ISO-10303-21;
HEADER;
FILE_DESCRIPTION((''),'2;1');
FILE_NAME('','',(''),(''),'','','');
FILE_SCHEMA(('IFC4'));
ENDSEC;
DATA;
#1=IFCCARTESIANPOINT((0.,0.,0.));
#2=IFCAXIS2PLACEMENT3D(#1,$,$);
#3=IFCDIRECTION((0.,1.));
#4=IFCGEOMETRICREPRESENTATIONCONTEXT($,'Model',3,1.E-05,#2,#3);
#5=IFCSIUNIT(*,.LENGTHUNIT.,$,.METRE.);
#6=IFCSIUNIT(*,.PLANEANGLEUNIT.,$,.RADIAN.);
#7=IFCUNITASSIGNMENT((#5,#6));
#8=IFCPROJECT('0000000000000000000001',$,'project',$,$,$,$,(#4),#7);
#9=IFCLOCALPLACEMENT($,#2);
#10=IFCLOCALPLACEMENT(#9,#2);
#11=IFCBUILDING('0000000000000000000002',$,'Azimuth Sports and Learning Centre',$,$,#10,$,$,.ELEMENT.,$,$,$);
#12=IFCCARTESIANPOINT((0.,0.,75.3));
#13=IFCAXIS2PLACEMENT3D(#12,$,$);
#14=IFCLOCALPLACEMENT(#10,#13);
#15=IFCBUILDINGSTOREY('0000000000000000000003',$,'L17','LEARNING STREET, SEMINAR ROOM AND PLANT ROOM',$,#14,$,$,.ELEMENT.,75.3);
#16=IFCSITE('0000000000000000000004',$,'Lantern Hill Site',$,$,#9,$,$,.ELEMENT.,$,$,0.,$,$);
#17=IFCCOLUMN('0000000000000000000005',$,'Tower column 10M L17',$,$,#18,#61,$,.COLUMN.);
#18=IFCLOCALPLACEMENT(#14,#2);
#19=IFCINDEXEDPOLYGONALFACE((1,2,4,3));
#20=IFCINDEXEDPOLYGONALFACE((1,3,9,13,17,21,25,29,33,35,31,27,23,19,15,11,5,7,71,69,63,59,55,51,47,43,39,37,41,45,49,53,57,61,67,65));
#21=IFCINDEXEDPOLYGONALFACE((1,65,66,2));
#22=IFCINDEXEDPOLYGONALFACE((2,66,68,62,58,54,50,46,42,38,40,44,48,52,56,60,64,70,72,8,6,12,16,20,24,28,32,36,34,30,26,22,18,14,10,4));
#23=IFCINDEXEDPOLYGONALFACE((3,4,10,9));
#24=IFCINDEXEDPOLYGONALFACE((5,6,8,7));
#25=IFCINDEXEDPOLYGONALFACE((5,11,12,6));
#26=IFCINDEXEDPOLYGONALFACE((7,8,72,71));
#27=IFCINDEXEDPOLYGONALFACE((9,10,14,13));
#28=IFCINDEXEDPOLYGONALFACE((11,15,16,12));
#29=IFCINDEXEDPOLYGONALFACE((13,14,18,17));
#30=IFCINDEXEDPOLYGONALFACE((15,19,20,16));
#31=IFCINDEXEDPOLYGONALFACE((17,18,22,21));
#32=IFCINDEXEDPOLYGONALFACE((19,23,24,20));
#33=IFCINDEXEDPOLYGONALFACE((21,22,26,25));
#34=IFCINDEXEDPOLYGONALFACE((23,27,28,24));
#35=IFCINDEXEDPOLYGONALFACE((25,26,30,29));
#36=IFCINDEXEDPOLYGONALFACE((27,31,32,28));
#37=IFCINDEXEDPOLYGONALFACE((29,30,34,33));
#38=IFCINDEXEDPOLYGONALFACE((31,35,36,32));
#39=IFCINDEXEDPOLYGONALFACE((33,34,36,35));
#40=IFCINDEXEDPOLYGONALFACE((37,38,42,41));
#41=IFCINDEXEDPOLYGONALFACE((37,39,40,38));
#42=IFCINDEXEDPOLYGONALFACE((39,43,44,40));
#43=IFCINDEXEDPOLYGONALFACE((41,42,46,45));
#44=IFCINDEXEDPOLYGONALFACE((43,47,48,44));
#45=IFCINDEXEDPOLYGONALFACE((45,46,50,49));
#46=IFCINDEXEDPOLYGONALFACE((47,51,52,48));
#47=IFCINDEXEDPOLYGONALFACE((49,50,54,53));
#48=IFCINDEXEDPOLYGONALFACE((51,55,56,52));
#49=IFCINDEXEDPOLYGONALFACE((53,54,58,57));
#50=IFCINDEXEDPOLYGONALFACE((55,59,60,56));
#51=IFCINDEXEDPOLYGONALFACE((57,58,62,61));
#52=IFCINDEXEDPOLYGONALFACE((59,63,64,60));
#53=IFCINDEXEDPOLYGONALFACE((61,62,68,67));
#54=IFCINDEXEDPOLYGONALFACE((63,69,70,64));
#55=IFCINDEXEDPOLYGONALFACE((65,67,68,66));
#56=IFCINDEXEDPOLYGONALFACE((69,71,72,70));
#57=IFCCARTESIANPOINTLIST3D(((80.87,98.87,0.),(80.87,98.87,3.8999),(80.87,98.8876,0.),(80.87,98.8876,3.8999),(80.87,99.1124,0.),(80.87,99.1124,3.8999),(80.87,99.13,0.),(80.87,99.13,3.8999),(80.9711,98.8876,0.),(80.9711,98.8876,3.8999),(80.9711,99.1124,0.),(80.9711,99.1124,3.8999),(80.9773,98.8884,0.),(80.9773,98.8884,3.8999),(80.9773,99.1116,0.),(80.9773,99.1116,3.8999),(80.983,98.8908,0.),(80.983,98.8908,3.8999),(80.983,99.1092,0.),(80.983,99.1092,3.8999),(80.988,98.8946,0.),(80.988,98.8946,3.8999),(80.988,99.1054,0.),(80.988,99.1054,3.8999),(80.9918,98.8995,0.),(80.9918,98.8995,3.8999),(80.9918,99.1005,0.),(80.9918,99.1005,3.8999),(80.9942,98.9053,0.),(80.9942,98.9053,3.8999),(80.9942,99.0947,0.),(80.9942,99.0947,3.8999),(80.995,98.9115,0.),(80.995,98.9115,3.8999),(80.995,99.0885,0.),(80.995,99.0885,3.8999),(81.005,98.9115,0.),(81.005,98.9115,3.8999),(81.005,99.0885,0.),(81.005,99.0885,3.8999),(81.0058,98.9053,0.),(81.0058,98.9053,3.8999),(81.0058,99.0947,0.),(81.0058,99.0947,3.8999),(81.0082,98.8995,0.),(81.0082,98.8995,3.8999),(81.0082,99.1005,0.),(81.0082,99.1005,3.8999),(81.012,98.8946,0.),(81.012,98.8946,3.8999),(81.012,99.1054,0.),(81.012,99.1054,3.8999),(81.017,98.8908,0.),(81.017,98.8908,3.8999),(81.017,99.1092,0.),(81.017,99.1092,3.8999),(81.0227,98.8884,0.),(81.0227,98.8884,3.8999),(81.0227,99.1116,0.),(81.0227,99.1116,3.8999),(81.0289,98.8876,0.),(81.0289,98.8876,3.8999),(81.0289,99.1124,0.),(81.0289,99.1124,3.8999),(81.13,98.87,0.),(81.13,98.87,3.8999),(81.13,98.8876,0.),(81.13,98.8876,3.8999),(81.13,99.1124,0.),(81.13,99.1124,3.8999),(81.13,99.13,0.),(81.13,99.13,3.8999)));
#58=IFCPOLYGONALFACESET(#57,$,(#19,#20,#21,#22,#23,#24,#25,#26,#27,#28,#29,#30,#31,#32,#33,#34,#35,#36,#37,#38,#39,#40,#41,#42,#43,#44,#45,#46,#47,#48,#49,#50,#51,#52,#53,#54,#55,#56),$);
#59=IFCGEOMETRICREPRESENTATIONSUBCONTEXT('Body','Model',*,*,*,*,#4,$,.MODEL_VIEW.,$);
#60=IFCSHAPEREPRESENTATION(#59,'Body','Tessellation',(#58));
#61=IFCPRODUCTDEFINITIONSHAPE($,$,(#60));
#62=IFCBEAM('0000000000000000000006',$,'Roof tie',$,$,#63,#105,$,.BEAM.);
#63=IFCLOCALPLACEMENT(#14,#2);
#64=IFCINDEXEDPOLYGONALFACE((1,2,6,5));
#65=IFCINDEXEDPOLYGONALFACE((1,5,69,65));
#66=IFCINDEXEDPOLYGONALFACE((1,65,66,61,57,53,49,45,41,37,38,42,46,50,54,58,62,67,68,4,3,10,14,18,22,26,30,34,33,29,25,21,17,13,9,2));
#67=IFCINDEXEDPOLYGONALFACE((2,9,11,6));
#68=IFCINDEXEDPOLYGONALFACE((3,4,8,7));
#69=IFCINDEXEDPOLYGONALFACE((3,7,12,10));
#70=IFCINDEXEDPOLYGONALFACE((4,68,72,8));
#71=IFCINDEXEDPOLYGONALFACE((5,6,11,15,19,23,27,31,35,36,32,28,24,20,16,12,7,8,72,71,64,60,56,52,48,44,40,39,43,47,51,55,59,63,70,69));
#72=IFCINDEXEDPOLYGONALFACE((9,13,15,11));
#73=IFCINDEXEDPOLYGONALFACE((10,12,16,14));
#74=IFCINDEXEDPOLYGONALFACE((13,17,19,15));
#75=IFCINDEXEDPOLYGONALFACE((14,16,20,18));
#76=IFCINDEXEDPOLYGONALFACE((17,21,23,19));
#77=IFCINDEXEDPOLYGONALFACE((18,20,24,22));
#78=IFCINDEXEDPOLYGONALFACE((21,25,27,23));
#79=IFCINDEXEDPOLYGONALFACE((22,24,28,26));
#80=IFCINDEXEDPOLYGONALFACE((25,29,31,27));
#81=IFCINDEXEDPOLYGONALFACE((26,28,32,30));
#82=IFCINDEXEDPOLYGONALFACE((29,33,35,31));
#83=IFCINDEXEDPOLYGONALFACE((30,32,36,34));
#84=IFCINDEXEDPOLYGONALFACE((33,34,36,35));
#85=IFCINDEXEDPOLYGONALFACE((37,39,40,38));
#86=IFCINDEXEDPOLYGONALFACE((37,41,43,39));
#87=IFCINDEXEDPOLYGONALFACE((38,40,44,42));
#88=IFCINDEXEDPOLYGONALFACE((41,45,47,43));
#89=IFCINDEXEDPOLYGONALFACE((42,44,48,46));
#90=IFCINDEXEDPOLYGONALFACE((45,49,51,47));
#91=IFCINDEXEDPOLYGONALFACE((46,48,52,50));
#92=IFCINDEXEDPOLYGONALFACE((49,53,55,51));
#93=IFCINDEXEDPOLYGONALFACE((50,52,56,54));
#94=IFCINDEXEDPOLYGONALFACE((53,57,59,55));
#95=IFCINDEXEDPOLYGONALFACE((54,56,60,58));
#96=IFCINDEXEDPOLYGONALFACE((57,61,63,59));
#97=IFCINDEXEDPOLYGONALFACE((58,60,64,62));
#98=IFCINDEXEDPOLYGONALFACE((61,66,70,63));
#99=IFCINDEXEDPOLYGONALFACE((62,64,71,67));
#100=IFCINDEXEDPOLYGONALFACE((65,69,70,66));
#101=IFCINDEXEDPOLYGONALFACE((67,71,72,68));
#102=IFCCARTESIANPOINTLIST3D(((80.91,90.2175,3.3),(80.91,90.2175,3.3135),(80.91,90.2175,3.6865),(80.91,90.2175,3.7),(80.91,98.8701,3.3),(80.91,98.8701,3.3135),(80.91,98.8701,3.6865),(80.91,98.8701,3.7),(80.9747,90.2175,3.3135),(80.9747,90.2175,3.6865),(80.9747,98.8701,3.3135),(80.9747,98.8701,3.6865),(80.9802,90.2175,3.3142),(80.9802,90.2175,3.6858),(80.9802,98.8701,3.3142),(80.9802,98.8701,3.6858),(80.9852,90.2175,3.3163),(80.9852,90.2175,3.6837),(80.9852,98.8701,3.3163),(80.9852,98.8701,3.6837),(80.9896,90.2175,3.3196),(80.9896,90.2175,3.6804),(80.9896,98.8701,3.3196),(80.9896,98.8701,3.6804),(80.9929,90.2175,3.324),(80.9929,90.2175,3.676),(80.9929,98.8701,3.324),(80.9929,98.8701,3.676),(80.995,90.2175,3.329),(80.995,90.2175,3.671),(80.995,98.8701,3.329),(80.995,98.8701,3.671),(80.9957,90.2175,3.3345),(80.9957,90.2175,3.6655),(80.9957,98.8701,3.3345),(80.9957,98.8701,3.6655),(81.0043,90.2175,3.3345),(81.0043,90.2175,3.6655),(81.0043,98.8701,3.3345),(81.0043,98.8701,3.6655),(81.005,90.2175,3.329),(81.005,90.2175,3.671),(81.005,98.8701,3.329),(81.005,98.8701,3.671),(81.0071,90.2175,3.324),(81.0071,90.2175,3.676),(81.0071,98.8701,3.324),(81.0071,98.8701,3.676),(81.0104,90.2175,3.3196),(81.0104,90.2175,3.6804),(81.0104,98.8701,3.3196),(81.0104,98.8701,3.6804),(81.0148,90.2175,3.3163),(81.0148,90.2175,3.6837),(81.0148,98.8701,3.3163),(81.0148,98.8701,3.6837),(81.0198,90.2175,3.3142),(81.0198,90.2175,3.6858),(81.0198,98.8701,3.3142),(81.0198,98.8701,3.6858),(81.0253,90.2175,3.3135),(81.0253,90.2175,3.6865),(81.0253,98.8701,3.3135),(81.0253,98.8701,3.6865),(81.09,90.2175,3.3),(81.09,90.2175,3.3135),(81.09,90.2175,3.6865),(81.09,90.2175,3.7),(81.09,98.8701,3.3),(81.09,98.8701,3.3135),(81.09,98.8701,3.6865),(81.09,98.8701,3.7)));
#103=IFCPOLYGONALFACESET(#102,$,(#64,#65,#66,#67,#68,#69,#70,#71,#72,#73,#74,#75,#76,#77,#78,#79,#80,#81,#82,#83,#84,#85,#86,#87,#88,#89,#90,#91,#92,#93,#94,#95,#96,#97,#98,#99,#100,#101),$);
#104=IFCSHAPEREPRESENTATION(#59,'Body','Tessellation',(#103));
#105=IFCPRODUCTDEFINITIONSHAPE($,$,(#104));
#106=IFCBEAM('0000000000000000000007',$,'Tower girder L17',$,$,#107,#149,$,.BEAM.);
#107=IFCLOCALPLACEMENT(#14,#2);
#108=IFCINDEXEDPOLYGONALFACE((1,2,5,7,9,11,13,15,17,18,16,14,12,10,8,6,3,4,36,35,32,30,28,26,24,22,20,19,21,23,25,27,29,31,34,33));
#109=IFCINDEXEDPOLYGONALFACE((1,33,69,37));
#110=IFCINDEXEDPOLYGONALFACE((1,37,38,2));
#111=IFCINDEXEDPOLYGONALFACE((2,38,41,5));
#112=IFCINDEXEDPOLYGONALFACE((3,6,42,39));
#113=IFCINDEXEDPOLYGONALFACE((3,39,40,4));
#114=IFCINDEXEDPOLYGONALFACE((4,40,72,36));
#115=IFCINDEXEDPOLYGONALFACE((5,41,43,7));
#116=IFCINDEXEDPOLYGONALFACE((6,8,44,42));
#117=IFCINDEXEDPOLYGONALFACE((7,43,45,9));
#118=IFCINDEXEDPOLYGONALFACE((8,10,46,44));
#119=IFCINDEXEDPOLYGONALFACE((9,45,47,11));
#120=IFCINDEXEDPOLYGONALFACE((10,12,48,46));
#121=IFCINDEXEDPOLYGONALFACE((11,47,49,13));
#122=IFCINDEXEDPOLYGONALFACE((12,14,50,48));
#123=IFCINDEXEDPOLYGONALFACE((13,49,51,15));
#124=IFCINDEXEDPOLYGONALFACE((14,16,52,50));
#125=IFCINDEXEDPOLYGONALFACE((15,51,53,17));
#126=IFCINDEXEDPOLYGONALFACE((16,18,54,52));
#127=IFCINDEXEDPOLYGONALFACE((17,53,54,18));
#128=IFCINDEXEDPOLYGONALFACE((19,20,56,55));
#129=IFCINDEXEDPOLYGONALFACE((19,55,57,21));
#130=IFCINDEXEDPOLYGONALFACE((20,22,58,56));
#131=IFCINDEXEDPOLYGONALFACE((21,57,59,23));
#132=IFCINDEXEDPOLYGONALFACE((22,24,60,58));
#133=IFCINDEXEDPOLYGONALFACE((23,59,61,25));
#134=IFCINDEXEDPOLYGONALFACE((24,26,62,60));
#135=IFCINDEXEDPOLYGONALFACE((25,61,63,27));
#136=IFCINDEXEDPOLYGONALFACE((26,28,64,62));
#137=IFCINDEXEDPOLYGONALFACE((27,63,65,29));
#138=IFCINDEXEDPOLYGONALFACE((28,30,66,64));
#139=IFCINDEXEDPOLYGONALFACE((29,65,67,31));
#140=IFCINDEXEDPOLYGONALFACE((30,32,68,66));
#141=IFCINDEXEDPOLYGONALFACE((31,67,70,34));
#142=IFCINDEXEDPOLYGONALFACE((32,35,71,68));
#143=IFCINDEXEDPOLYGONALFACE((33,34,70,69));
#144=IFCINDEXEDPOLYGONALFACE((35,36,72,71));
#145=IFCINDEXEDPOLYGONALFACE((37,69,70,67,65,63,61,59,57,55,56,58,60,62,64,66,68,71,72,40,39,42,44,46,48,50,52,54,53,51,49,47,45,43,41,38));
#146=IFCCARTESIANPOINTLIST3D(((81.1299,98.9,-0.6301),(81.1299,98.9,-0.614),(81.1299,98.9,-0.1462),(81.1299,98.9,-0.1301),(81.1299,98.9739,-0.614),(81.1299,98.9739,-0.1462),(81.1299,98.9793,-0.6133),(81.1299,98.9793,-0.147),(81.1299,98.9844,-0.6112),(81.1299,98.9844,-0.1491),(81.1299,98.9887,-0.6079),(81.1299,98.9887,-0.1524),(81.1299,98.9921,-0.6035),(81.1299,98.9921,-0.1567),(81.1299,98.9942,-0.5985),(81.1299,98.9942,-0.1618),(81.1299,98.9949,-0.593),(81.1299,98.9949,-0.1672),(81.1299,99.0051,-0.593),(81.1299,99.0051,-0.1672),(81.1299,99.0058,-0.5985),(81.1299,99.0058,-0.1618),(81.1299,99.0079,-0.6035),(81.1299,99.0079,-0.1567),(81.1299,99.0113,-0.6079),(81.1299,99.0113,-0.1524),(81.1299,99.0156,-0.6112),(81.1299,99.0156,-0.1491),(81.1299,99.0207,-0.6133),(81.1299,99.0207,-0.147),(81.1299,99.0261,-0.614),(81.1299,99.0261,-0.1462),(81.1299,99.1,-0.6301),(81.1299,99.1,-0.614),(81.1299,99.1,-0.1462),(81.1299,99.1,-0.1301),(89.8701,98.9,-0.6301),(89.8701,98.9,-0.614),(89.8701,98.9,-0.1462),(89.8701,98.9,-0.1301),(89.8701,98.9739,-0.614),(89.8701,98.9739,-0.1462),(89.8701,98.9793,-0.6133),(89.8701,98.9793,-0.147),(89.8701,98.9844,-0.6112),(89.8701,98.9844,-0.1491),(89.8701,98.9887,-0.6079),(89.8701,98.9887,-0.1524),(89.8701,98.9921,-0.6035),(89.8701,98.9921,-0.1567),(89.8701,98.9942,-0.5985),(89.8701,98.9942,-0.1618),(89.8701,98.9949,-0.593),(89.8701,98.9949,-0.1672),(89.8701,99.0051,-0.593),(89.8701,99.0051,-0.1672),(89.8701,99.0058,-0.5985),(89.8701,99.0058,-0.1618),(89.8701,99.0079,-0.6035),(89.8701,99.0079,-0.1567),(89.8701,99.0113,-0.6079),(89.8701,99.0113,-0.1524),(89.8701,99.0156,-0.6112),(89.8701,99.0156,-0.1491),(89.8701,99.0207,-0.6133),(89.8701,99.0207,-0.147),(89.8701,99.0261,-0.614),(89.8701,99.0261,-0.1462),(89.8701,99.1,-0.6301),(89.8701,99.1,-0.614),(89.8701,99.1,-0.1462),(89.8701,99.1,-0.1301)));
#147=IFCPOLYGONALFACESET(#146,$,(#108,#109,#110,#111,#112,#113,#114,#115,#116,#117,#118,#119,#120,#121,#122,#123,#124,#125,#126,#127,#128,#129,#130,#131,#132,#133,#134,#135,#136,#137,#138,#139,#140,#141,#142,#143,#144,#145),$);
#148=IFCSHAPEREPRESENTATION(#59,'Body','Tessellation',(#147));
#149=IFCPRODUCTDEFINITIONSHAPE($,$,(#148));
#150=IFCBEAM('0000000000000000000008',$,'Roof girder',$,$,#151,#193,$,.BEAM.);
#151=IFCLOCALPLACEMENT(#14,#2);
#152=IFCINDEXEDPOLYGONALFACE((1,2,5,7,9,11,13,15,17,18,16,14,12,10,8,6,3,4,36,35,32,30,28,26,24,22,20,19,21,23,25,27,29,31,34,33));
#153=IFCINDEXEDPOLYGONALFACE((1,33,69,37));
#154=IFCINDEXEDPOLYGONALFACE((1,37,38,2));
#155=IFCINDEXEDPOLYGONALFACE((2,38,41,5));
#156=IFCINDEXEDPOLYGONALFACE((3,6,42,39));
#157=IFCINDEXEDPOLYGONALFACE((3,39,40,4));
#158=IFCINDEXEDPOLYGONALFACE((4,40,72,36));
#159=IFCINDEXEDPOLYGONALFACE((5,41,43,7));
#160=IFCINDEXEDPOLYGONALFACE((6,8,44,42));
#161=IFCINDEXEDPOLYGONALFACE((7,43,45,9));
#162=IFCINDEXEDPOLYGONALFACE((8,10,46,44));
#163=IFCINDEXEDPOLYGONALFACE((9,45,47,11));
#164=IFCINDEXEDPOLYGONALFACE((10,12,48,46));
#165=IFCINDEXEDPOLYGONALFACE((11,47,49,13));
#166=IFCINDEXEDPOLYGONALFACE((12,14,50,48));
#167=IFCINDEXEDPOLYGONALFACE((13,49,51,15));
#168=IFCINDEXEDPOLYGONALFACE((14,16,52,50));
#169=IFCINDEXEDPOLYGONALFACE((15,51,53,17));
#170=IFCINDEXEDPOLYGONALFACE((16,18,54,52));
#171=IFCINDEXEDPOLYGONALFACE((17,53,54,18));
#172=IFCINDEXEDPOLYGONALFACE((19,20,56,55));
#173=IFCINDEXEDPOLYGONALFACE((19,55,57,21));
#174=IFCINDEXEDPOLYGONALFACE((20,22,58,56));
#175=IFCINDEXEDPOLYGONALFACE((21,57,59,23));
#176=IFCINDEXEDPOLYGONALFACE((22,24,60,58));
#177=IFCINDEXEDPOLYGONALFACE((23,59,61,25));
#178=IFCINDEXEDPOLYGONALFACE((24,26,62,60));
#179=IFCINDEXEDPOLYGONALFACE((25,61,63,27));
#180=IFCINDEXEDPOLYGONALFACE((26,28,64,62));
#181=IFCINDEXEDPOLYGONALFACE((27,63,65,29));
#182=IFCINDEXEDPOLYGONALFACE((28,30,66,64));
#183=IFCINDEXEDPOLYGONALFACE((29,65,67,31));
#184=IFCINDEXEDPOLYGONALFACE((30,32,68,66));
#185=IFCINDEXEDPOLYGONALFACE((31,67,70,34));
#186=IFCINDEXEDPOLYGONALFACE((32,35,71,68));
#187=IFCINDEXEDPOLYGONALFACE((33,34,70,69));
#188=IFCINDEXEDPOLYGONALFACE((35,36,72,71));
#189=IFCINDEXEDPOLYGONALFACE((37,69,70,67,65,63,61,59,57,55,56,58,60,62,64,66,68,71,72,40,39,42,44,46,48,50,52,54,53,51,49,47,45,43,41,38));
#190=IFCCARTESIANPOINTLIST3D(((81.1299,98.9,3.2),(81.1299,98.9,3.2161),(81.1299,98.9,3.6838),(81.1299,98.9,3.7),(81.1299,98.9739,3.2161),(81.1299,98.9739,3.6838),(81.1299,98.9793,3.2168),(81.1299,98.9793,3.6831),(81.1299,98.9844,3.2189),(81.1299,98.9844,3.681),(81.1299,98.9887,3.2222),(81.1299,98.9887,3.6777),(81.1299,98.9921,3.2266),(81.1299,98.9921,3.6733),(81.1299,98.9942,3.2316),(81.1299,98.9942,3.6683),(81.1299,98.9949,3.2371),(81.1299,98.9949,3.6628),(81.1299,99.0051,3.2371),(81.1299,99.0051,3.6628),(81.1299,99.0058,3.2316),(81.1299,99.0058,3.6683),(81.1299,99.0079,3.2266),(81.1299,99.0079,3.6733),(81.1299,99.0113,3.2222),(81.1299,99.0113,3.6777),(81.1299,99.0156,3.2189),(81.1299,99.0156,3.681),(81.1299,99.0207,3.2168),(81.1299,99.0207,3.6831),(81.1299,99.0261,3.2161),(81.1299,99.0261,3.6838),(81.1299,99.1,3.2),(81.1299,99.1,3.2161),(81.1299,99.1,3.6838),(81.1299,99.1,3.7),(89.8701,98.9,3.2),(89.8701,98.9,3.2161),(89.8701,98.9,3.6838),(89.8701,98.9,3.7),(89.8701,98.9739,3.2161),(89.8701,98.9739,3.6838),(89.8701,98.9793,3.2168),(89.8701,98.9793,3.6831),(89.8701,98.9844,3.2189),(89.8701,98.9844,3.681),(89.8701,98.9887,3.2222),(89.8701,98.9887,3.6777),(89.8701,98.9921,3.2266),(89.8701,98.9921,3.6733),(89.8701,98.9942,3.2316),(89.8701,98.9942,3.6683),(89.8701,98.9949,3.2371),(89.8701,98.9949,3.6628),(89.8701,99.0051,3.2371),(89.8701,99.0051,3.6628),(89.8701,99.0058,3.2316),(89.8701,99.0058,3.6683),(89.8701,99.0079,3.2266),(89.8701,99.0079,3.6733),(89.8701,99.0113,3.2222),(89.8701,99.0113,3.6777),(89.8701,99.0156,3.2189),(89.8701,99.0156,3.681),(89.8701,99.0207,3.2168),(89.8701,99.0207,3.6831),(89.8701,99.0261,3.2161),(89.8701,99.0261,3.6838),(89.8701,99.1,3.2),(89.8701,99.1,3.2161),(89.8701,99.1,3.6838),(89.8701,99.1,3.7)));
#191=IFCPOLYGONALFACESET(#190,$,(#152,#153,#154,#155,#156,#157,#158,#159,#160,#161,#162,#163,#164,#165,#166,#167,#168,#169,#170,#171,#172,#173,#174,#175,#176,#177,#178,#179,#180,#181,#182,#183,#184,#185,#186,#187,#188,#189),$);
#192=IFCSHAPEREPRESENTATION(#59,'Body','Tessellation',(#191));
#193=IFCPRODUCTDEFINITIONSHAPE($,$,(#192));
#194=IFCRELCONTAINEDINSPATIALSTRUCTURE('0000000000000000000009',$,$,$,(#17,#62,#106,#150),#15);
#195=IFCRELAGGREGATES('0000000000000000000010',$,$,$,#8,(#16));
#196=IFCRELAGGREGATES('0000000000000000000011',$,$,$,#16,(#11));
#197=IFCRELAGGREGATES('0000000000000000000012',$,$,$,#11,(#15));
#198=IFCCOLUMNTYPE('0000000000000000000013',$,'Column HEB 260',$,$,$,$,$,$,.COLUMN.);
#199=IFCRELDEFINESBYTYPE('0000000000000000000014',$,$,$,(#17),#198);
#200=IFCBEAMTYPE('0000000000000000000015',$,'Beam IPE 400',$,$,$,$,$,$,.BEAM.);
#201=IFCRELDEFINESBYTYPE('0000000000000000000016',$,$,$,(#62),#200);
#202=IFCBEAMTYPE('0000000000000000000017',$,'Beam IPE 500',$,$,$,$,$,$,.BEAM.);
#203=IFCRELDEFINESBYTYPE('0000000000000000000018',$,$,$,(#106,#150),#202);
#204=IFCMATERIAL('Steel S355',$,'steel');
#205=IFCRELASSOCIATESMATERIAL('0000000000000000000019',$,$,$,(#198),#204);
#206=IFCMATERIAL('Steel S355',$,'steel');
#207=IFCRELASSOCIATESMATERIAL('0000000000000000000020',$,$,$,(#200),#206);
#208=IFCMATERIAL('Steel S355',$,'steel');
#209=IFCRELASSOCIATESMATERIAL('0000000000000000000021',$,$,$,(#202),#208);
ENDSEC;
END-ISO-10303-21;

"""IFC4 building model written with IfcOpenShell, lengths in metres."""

from ifc_helpers import new_model, si_unit, direction, frame, origin, origin_2d, place, context, subcontext, project, spatial, i_section, extrude, material, material_profile, profile_set, type_object, element, save


model = new_model("IFC4")

# Units and contexts
model_context = context("Model", 3, precision=1e-05, world=origin(), true_north=direction((0.0, 1.0)))
body_context = subcontext(model_context, "Body", "Model", "MODEL_VIEW")
ifc_project = project(units=[si_unit("LENGTHUNIT", "METRE"), si_unit("PLANEANGLEUNIT", "RADIAN")], contexts=[model_context])

# Site, building, storey
site_placement = place(None, origin())
site = spatial("IfcSite", under=ifc_project, at=site_placement, Name="Lantern Hill Site", CompositionType="ELEMENT", RefElevation=0.0)
building_placement = place(site_placement, origin())
building = spatial("IfcBuilding", under=site, at=building_placement, Name="Azimuth Sports and Learning Centre", CompositionType="ELEMENT")
storey_placement = place(building_placement, frame((0.0, 0.0, 75.3)))
storey = spatial("IfcBuildingStorey", under=building, at=storey_placement, Name="L17", Description="LEARNING STREET, SEMINAR ROOM AND PLANT ROOM", CompositionType="ELEMENT", Elevation=75.3)

# Column
ifc_material_1 = material(Name="Steel S355", Category="steel")
ifc_material_profile_1 = material_profile(ifc_material_1, i_section(OverallWidth=0.26, OverallDepth=0.26, WebThickness=0.01, FlangeThickness=0.0176, FilletRadius=0.0239, at=origin_2d()), Name="HEB 260")
ifc_profile_set_1 = profile_set([ifc_material_profile_1], Name="Steel S355")
column_type = type_object("IfcColumnType", Name="Column HEB 260", PredefinedType="COLUMN", material=ifc_profile_set_1)
column_placement = place(storey_placement, frame((81.0, 99.0, 0.0), z_axis=(0.0, 0.0, 1.0), x_axis=(1.0, 0.0, 0.0)))
element("IfcColumn", 1, at=column_placement, inside=storey, type_object=column_type, Name="Tower column 10M L17", PredefinedType="COLUMN", context=body_context, shape_type="SweptSolid", body=[
    extrude(i_section(OverallWidth=0.26, OverallDepth=0.26, WebThickness=0.01, FlangeThickness=0.0176, FilletRadius=0.0239, at=origin_2d()), origin(), (0.0, 0.0, 1.0), 3.8999),
])

# Beams
ifc_material_2 = material(Name="Steel S355", Category="steel")
ifc_material_profile_2 = material_profile(ifc_material_2, i_section(OverallWidth=0.1799, OverallDepth=0.3999, WebThickness=0.0085, FlangeThickness=0.0134, FilletRadius=0.021, at=origin_2d()), Name="IPE 400")
ifc_profile_set_2 = profile_set([ifc_material_profile_2], Name="Steel S355")
beam_type_1 = type_object("IfcBeamType", Name="Beam IPE 400", PredefinedType="BEAM", material=ifc_profile_set_2)
beam_1_placement = place(storey_placement, frame((81.0, 90.2175, 3.5), z_axis=(0.0, 1.0, 0.0), x_axis=(-1.0, 0.0, 0.0)))
element("IfcBeam", 2, at=beam_1_placement, inside=storey, type_object=beam_type_1, Name="Roof tie", PredefinedType="BEAM", context=body_context, shape_type="SweptSolid", body=[
    extrude(i_section(OverallWidth=0.1799, OverallDepth=0.3999, WebThickness=0.0085, FlangeThickness=0.0134, FilletRadius=0.021, at=origin_2d()), origin(), (0.0, 0.0, 1.0), 8.6526),
])
ifc_material_3 = material(Name="Steel S355", Category="steel")
ifc_material_profile_3 = material_profile(ifc_material_3, i_section(OverallWidth=0.2, OverallDepth=0.5, WebThickness=0.0103, FlangeThickness=0.0161, FilletRadius=0.021, at=origin_2d()), Name="IPE 500")
ifc_profile_set_3 = profile_set([ifc_material_profile_3], Name="Steel S355")
beam_type_2 = type_object("IfcBeamType", Name="Beam IPE 500", PredefinedType="BEAM", material=ifc_profile_set_3)
for number, where, z_axis, x_axis, name in (
    (3, (81.1299, 99.0, -0.3801), (1.0, 0.0, 0.0), (0.0, 1.0, 0.0), "Tower girder L17"),
    (4, (81.1299, 99.0, 3.45), (1.0, 0.0, 0.0), (0.0, 1.0, 0.0), "Roof girder"),
):
    element("IfcBeam", number, at=place(storey_placement, frame(where, z_axis=z_axis, x_axis=x_axis)), inside=storey, type_object=beam_type_2, Name=name, PredefinedType="BEAM", context=body_context, shape_type="SweptSolid", body=[
        extrude(i_section(OverallWidth=0.2, OverallDepth=0.5, WebThickness=0.0103, FlangeThickness=0.0161, FilletRadius=0.021, at=origin_2d()), origin(), (0.0, 0.0, 1.0), 8.7402),
    ])

save(model, "model.ifc")
